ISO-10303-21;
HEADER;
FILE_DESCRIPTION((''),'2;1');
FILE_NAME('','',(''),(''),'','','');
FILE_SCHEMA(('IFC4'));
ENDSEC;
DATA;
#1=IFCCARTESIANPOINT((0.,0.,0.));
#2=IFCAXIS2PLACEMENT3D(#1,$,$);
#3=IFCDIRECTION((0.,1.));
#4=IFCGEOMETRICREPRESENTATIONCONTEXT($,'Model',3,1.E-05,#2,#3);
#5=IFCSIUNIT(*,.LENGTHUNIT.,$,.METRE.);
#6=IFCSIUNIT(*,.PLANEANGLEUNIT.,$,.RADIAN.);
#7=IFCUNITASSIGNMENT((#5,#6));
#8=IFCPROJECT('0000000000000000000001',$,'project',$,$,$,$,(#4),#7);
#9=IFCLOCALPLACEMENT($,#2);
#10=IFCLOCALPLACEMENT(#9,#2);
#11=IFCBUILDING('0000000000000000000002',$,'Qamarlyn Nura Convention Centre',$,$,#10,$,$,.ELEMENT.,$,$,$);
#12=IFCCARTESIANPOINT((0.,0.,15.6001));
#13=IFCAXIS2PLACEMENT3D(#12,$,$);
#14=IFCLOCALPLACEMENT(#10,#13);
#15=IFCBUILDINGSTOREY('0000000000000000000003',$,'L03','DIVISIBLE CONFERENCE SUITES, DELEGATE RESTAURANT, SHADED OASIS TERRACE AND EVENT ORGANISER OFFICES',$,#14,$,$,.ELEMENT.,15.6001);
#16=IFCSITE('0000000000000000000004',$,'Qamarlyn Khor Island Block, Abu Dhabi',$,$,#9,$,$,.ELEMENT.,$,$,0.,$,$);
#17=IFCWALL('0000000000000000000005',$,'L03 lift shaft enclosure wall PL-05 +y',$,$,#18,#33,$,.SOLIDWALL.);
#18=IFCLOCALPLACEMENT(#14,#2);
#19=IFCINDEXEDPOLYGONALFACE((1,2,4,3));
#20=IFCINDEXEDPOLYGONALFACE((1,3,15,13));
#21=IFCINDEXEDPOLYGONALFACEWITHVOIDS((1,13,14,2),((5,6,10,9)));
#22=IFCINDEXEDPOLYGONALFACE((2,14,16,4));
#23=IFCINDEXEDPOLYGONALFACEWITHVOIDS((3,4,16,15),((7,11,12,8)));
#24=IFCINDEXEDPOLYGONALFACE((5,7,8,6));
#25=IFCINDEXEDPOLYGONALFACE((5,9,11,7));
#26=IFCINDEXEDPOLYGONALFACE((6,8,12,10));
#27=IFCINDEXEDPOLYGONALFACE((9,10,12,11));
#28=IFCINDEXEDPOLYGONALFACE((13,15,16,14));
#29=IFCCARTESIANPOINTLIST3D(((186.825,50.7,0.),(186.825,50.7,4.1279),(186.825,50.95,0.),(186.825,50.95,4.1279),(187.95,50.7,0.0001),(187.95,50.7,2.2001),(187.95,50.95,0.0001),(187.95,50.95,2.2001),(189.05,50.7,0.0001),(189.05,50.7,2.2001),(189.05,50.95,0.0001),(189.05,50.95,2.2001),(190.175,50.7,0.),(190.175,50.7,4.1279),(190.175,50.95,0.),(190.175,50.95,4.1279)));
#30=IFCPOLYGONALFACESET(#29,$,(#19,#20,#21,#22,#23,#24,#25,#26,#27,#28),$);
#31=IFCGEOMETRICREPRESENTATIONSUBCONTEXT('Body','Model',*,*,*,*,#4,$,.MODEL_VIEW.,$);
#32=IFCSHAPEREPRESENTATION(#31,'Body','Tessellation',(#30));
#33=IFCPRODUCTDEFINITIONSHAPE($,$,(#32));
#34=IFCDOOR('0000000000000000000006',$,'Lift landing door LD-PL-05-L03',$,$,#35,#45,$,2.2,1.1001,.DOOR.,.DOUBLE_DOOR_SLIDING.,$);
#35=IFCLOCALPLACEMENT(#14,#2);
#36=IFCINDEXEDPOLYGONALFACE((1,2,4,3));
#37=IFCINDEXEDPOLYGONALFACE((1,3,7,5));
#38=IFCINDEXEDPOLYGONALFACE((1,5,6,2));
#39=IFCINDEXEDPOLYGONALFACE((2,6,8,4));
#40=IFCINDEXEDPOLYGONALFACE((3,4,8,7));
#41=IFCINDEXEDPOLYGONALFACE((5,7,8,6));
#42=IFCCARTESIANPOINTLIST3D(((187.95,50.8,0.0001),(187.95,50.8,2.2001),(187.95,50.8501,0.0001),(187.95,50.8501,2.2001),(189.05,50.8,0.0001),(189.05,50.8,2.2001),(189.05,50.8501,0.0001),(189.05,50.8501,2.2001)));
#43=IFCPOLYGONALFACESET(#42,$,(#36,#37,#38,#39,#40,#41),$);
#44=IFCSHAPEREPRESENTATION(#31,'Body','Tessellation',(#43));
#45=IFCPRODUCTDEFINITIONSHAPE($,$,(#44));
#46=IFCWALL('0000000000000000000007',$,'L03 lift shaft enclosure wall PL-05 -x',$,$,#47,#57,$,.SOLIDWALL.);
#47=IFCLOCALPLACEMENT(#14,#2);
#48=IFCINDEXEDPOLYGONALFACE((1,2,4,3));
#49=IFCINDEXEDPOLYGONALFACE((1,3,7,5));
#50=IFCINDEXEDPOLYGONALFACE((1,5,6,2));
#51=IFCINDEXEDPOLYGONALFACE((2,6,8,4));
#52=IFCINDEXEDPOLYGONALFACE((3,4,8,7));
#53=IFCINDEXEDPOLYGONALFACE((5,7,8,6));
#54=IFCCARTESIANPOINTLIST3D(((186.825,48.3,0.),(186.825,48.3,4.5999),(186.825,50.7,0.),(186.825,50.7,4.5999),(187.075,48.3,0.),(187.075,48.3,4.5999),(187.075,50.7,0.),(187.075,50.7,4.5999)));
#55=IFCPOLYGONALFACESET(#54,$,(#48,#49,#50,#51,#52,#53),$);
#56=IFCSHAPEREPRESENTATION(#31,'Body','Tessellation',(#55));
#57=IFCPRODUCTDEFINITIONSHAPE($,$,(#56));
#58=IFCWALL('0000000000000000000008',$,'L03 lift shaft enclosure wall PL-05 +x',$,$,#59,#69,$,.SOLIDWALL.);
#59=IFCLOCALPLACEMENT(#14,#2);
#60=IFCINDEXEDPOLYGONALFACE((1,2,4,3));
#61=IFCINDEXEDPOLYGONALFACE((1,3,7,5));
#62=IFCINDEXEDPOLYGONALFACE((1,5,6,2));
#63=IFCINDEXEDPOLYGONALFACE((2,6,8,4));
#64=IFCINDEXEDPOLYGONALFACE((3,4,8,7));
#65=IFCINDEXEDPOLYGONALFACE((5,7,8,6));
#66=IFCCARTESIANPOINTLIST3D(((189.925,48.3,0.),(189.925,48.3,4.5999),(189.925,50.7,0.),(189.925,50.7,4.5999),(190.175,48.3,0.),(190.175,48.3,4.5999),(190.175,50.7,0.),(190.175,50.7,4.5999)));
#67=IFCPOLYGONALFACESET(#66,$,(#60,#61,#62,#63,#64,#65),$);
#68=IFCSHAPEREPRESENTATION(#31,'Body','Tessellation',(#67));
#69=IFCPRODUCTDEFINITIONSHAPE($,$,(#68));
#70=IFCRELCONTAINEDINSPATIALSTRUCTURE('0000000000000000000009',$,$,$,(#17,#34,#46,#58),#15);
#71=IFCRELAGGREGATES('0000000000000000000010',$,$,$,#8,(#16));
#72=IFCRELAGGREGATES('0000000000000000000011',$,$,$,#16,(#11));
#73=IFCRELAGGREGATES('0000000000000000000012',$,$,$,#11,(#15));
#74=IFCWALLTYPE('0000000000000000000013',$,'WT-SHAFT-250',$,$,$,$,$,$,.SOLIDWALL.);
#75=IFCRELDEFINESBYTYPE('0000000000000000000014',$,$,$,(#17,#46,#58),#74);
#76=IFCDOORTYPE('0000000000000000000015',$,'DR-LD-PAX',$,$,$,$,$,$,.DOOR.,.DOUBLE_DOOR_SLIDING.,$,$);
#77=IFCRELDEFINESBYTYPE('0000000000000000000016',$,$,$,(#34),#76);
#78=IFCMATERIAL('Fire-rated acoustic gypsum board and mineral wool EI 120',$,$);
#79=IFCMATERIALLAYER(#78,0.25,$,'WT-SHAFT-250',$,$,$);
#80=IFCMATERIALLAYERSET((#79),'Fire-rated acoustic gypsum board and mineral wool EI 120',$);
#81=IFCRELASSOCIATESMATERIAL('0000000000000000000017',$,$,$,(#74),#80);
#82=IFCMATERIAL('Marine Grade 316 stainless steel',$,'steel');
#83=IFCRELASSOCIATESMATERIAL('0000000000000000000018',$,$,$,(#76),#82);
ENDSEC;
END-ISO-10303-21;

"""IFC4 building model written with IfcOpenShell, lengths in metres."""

from ifc_helpers import new_model, si_unit, direction, frame, frame_2d, origin, place, context, subcontext, project, spatial, rectangle, extrude, material, layer, layer_set, type_object, element, fill, save


model = new_model("IFC4")

# Units and contexts
model_context = context("Model", 3, precision=1e-05, world=origin(), true_north=direction((0.0, 1.0)))
body_context = subcontext(model_context, "Body", "Model", "MODEL_VIEW")
ifc_project = project(units=[si_unit("LENGTHUNIT", "METRE"), si_unit("PLANEANGLEUNIT", "RADIAN")], contexts=[model_context])

# Site, building, storey
site_placement = place(None, origin())
site = spatial("IfcSite", under=ifc_project, at=site_placement, Name="Qamarlyn Khor Island Block, Abu Dhabi", CompositionType="ELEMENT", RefElevation=0.0)
building_placement = place(site_placement, origin())
building = spatial("IfcBuilding", under=site, at=building_placement, Name="Qamarlyn Nura Convention Centre", CompositionType="ELEMENT")
storey_placement = place(building_placement, frame((0.0, 0.0, 15.6001)))
storey = spatial("IfcBuildingStorey", under=building, at=storey_placement, Name="L03", Description="DIVISIBLE CONFERENCE SUITES, DELEGATE RESTAURANT, SHADED OASIS TERRACE AND EVENT ORGANISER OFFICES", CompositionType="ELEMENT", Elevation=15.6001)

# Shared definitions
ifc_material_1 = material(Name="Fire-rated acoustic gypsum board and mineral wool EI 120")
ifc_layer_1 = layer(ifc_material_1, 0.25, Name="WT-SHAFT-250")
ifc_layer_set_1 = layer_set([ifc_layer_1], Name="Fire-rated acoustic gypsum board and mineral wool EI 120")
wall_type = type_object("IfcWallType", Name="WT-SHAFT-250", PredefinedType="SOLIDWALL", material=ifc_layer_set_1)

# Wall, opening, door
wall_1_placement = place(storey_placement, frame((190.175, 50.825, 0.0), z_axis=(0.0, 0.0, 1.0), x_axis=(-1.0, 0.0, 0.0)))
wall_1 = element("IfcWall", 1, at=wall_1_placement, inside=storey, type_object=wall_type, Name="L03 lift shaft enclosure wall PL-05 +y", PredefinedType="SOLIDWALL", context=body_context, shape_type="SweptSolid", body=[
    extrude(rectangle(XDim=3.3501, YDim=0.25, at=frame_2d((1.675, 0.0))), origin(), (0.0, 0.0, 1.0), 4.1279),
])
opening_placement = place(wall_1_placement, frame((1.125, 0.0, 0.0)))
opening = element("IfcOpeningElement", 2, at=opening_placement, cuts=wall_1, PredefinedType="OPENING", context=body_context, shape_type="SweptSolid", body=[
    extrude(rectangle(XDim=1.1001, YDim=2.2, at=frame_2d((0.55, 1.1001))), frame((0.0, 0.135, 0.0), z_axis=(0.0, -1.0, 0.0), x_axis=(1.0, 0.0, 0.0)), (0.0, 0.0, 1.0), 0.27),
])
ifc_material_2 = material(Name="Marine Grade 316 stainless steel", Category="steel")
door_type = type_object("IfcDoorType", Name="DR-LD-PAX", OperationType="DOUBLE_DOOR_SLIDING", PredefinedType="DOOR", material=ifc_material_2)
door_placement = place(opening_placement, origin())
door = element("IfcDoor", 3, at=door_placement, inside=storey, type_object=door_type, Name="Lift landing door LD-PL-05-L03", OperationType="DOUBLE_DOOR_SLIDING", OverallHeight=2.2, OverallWidth=1.1001, PredefinedType="DOOR", context=body_context, shape_type="SweptSolid", body=[
    extrude(rectangle(XDim=1.1001, YDim=2.2, at=frame_2d((0.55, 1.1001))), frame((0.0, 0.0249, 0.0), z_axis=(0.0, -1.0, 0.0), x_axis=(1.0, 0.0, 0.0)), (0.0, 0.0, 1.0), 0.05),
])
fill(opening, door)

# Walls
for number, where, z_axis, x_axis, name in (
    (4, (186.95, 50.7, 0.0), (0.0, 0.0, 1.0), (0.0, -1.0, 0.0), "L03 lift shaft enclosure wall PL-05 -x"),
    (5, (190.05, 48.3, 0.0), (0.0, 0.0, 1.0), (0.0, 1.0, 0.0), "L03 lift shaft enclosure wall PL-05 +x"),
):
    element("IfcWall", number, at=place(storey_placement, frame(where, z_axis=z_axis, x_axis=x_axis)), inside=storey, type_object=wall_type, Name=name, PredefinedType="SOLIDWALL", context=body_context, shape_type="SweptSolid", body=[
        extrude(rectangle(XDim=2.3999, YDim=0.25, at=frame_2d((1.2, 0.0))), origin(), (0.0, 0.0, 1.0), 4.5999),
    ])

save(model, "model.ifc")
